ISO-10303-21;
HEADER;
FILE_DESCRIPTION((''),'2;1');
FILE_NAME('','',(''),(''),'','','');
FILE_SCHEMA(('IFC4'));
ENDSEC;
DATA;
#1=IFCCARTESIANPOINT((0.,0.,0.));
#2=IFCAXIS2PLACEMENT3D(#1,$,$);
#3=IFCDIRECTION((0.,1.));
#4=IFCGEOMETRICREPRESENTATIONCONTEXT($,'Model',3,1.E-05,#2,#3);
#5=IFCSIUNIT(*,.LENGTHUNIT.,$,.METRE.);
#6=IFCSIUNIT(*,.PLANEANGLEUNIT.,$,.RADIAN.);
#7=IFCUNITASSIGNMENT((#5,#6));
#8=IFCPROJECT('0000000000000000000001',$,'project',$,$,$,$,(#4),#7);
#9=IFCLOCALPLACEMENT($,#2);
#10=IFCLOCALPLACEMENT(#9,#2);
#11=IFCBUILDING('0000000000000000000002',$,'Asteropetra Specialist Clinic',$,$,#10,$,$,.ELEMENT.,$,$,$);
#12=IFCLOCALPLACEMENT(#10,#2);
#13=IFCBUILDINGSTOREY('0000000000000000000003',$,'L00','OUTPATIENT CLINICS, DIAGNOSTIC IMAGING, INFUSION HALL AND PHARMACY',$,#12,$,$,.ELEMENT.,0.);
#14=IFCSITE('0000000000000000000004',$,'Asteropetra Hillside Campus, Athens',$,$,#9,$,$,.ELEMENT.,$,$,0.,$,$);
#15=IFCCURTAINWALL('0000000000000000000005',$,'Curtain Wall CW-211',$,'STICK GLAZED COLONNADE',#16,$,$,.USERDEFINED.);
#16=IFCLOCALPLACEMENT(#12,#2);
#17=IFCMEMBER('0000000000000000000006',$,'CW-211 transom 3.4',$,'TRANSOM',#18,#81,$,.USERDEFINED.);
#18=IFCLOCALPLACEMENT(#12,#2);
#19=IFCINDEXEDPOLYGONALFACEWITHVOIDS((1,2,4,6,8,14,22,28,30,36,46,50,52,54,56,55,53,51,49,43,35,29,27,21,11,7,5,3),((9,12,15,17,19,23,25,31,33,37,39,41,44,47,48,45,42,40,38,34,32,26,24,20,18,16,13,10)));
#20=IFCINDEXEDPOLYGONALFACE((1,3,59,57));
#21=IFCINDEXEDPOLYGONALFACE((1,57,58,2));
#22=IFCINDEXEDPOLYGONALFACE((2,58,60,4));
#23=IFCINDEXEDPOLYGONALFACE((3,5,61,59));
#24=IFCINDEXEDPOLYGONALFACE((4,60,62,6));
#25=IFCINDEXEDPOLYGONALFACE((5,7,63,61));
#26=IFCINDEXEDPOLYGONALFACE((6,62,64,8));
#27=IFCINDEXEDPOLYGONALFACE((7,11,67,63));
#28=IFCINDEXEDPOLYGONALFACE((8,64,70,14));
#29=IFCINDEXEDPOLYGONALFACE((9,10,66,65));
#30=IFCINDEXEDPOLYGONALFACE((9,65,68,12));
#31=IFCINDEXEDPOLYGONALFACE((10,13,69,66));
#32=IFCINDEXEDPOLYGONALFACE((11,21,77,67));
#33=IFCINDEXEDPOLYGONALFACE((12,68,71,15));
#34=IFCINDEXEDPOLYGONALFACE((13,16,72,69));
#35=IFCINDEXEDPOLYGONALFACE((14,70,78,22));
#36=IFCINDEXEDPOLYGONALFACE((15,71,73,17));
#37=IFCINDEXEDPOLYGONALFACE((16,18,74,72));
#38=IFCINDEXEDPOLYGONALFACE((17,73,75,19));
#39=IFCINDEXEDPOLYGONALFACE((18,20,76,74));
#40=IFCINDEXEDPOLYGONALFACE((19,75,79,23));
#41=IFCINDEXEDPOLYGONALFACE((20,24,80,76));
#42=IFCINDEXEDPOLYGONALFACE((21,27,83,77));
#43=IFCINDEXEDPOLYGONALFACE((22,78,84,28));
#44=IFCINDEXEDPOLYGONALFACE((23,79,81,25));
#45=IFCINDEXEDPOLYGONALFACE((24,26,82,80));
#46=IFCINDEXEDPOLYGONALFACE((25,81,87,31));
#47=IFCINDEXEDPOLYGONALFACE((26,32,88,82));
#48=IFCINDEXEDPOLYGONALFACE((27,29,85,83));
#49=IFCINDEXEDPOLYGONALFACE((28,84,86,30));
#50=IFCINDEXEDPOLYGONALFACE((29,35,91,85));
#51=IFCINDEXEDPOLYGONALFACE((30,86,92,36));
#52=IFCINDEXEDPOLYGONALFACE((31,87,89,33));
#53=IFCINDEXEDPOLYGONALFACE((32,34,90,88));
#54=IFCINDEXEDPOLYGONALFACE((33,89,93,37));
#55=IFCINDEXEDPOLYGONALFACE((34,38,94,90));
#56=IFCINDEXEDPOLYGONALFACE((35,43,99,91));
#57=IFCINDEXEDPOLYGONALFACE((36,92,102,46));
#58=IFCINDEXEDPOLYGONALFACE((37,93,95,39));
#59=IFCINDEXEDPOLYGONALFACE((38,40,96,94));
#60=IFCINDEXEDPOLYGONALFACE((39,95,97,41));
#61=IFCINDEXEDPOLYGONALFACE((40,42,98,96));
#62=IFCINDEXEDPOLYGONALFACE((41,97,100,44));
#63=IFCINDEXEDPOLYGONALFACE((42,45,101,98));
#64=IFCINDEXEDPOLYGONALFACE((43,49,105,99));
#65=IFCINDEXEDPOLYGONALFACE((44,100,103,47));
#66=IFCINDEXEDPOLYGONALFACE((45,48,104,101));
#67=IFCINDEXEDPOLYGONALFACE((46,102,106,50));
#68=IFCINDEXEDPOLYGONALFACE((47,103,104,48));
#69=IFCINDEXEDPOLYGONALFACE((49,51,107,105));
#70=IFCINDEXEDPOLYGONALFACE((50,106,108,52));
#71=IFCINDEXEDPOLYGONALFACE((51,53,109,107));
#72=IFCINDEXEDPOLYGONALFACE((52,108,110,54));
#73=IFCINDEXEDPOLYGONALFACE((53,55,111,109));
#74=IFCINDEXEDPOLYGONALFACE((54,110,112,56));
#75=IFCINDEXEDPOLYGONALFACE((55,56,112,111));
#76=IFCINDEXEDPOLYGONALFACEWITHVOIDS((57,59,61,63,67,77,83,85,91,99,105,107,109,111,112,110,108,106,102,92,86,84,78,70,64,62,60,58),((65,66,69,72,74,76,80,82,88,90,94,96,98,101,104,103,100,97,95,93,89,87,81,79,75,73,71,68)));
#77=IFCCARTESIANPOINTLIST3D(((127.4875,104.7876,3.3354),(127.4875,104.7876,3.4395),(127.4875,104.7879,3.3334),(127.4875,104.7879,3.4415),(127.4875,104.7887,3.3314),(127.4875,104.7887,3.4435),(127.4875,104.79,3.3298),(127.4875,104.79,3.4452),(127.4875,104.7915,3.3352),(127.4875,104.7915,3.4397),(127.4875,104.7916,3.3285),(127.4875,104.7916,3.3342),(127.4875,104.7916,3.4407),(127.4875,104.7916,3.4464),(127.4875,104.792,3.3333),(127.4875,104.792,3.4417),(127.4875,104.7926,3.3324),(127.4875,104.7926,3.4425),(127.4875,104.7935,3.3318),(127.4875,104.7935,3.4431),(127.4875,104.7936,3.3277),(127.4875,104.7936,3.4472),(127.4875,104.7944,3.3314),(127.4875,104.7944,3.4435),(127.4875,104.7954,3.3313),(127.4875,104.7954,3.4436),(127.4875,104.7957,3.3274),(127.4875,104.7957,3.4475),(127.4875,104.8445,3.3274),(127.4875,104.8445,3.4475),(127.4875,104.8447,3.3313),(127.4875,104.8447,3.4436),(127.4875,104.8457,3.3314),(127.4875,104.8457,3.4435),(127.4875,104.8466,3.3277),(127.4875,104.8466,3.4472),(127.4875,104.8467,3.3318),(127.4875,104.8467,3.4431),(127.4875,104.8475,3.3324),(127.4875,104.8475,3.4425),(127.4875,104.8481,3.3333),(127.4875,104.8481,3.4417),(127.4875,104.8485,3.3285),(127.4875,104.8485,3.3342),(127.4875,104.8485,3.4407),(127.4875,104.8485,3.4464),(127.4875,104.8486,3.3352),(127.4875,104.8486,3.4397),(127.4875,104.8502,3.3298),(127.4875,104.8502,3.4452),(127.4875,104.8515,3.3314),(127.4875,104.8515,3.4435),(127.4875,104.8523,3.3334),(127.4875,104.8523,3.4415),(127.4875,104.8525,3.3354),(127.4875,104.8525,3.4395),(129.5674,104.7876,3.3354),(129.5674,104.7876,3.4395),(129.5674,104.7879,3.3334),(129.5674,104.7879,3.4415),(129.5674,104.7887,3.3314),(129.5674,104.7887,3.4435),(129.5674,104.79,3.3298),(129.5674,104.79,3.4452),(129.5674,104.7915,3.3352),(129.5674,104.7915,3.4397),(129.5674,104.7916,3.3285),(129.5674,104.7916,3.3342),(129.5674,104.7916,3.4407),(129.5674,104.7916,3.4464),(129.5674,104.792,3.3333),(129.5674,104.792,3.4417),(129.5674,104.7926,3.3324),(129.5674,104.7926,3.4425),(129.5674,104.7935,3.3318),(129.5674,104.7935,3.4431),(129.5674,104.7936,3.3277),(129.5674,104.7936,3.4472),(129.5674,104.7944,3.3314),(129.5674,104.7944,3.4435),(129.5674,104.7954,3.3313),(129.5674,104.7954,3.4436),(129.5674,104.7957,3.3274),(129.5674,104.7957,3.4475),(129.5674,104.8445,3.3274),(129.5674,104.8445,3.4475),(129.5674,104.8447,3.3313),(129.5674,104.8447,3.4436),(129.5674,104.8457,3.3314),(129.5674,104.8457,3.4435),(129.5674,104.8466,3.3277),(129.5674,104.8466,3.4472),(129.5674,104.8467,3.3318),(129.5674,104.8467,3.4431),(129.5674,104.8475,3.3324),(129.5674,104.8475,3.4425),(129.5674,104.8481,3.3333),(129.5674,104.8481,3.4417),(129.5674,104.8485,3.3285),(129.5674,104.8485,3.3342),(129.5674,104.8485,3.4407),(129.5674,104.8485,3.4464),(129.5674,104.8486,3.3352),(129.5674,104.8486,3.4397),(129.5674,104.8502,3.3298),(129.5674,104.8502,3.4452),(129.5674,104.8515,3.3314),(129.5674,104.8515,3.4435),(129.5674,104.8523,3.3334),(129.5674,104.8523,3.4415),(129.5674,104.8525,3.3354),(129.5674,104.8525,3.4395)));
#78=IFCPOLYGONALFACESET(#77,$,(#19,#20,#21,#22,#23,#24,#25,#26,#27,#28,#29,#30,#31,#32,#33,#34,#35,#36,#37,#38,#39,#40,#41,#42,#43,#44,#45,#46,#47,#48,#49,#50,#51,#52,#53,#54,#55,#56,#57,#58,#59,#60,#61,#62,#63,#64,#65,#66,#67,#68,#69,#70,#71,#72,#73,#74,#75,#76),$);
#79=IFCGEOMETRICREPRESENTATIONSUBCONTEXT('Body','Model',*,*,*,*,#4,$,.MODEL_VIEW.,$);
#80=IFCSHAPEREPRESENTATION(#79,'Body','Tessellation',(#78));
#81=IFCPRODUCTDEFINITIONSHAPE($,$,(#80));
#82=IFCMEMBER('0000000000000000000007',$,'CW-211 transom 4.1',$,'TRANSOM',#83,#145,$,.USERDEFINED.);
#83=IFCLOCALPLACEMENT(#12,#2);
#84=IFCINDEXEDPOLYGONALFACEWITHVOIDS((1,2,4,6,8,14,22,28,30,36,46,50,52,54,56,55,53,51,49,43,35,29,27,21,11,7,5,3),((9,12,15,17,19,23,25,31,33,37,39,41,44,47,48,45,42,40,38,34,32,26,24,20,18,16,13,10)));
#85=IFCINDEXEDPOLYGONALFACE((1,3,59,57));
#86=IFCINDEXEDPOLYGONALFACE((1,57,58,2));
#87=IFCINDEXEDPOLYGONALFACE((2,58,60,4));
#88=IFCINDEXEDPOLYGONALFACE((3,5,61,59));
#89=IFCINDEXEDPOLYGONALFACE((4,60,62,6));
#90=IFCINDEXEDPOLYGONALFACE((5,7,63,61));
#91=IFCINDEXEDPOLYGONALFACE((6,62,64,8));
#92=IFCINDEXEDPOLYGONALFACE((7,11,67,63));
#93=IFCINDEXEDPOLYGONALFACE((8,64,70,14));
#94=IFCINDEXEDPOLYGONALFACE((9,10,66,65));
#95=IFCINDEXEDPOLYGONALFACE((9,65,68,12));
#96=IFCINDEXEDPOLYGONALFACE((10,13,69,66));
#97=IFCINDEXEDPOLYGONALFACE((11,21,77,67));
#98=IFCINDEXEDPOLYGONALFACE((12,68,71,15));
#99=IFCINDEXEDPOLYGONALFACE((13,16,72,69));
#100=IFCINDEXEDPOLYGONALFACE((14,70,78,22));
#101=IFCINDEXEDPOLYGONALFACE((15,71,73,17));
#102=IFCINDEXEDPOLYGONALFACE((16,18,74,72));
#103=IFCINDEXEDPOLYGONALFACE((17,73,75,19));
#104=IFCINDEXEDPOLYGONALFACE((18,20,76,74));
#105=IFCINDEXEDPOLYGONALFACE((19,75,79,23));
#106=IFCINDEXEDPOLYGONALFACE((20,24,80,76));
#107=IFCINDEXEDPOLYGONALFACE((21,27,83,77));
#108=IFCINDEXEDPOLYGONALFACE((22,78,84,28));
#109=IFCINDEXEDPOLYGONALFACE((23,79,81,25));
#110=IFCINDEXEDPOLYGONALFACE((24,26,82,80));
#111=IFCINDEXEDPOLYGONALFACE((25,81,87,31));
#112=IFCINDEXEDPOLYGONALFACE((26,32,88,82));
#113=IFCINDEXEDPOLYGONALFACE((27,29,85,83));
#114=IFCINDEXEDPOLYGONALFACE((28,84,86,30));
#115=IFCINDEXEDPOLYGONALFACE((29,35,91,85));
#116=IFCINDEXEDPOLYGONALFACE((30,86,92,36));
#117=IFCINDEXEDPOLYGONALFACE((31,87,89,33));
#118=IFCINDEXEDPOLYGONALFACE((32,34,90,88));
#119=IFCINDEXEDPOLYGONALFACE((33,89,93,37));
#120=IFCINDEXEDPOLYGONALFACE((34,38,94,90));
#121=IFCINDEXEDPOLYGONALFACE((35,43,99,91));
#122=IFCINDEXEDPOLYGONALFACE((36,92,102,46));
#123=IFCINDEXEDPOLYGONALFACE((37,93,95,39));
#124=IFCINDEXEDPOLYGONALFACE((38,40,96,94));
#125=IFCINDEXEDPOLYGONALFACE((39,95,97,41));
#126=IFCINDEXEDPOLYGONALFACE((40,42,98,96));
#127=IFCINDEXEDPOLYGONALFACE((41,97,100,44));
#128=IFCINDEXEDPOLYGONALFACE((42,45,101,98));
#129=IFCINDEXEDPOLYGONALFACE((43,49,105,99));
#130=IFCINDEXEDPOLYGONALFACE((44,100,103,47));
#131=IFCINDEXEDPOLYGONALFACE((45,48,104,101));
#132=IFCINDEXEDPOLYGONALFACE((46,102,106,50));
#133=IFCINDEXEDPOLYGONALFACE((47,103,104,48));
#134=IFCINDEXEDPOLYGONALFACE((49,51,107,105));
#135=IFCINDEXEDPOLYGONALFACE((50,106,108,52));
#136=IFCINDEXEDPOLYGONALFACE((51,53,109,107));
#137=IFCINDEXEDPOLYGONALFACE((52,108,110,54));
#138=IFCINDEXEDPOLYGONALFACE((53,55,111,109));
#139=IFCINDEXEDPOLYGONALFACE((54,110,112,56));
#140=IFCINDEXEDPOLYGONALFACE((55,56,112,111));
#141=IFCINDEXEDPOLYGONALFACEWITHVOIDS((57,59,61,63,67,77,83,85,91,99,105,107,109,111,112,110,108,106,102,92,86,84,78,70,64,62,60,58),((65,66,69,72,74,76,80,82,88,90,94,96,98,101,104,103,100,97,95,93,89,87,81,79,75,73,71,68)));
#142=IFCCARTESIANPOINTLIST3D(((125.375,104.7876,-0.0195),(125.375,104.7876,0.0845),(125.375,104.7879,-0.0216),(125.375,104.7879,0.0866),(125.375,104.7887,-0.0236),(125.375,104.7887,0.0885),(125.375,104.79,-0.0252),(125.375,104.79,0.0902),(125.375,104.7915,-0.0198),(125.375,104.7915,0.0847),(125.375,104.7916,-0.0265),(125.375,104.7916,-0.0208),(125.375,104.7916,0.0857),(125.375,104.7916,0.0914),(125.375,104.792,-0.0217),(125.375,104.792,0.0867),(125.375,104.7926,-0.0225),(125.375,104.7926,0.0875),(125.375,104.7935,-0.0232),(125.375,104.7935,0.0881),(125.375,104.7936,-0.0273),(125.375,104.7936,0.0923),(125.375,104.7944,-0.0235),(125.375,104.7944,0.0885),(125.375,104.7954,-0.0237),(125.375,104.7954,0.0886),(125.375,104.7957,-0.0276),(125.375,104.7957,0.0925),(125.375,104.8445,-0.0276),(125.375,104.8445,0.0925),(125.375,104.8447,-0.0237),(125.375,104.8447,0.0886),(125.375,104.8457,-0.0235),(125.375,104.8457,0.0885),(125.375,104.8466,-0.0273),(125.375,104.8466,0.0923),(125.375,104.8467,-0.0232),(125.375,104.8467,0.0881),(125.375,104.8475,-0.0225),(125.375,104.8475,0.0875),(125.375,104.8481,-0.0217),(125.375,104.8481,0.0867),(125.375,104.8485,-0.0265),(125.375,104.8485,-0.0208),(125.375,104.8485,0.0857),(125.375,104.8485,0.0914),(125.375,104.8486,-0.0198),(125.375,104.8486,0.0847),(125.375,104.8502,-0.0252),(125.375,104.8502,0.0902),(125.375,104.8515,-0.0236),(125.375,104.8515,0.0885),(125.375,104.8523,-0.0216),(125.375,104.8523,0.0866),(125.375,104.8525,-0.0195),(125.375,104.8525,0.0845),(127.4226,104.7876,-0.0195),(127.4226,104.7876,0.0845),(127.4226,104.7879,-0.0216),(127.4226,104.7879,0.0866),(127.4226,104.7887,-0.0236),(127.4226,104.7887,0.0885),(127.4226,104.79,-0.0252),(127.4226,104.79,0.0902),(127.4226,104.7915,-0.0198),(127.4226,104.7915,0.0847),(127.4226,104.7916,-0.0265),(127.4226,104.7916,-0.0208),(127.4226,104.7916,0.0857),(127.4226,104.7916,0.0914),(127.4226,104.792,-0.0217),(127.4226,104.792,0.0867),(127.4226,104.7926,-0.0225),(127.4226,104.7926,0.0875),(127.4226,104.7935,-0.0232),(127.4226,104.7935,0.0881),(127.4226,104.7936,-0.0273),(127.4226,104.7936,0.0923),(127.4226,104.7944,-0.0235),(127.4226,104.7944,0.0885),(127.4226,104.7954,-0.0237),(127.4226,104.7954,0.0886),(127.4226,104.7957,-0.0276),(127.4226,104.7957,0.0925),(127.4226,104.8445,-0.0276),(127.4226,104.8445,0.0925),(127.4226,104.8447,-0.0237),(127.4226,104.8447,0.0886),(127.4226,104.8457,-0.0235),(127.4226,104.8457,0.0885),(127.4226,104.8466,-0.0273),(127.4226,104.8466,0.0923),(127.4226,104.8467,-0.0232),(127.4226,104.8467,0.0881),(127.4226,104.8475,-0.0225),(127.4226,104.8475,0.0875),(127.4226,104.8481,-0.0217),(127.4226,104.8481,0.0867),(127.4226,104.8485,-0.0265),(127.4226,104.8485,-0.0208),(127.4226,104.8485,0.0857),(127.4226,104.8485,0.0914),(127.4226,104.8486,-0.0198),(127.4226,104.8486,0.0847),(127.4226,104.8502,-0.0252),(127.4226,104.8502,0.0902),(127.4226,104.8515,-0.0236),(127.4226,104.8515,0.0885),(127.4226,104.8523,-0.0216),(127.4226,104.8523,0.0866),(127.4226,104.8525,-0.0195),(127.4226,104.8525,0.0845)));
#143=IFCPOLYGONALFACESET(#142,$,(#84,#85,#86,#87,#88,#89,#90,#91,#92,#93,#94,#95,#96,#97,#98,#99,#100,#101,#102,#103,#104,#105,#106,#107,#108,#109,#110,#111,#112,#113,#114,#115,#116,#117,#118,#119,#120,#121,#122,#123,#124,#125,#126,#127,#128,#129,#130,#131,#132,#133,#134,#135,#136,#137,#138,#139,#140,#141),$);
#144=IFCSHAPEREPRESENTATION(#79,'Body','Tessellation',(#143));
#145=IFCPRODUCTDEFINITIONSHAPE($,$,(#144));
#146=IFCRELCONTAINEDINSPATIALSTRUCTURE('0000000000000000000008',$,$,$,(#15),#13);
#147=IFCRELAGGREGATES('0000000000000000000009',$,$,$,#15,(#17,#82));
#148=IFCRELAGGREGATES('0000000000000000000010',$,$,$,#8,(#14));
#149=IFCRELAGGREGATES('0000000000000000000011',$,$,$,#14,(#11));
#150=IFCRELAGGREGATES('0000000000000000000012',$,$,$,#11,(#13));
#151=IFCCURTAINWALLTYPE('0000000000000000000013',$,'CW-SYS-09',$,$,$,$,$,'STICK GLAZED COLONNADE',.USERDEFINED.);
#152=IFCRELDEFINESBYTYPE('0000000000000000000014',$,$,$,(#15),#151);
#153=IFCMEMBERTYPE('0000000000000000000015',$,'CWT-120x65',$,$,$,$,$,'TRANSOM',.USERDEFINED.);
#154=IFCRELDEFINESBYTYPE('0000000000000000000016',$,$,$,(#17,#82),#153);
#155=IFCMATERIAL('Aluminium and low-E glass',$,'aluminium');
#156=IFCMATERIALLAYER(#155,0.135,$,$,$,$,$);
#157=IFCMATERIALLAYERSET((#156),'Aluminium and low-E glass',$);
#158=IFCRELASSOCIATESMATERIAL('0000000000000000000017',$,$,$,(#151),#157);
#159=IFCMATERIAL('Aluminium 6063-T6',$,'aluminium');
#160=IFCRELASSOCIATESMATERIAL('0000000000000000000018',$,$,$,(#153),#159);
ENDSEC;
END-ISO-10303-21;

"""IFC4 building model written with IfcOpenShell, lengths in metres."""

from ifc_helpers import new_model, si_unit, direction, frame, origin, origin_2d, place, context, subcontext, project, spatial, hollow_rectangle, extrude, material, layer, layer_set, material_profile, profile_set, type_object, element, aggregate, save


model = new_model("IFC4")

# Units and contexts
model_context = context("Model", 3, precision=1e-05, world=origin(), true_north=direction((0.0, 1.0)))
body_context = subcontext(model_context, "Body", "Model", "MODEL_VIEW")
ifc_project = project(units=[si_unit("LENGTHUNIT", "METRE"), si_unit("PLANEANGLEUNIT", "RADIAN")], contexts=[model_context])

# Site, building, storey
site_placement = place(None, origin())
site = spatial("IfcSite", under=ifc_project, at=site_placement, Name="Asteropetra Hillside Campus, Athens", CompositionType="ELEMENT", RefElevation=0.0)
building_placement = place(site_placement, origin())
building = spatial("IfcBuilding", under=site, at=building_placement, Name="Asteropetra Specialist Clinic", CompositionType="ELEMENT")
storey_placement = place(building_placement, origin())
storey = spatial("IfcBuildingStorey", under=building, at=storey_placement, Name="L00", Description="OUTPATIENT CLINICS, DIAGNOSTIC IMAGING, INFUSION HALL AND PHARMACY", CompositionType="ELEMENT", Elevation=0.0)

# Curtain wall, members
ifc_material_1 = material(Name="Aluminium and low-E glass", Category="aluminium")
ifc_layer_1 = layer(ifc_material_1, 0.135)
ifc_layer_set_1 = layer_set([ifc_layer_1], Name="Aluminium and low-E glass")
curtain_wall_type = type_object("IfcCurtainWallType", Name="CW-SYS-09", ElementType="STICK GLAZED COLONNADE", PredefinedType="USERDEFINED", material=ifc_layer_set_1)
curtain_wall_placement = place(storey_placement, origin())
curtain_wall = element("IfcCurtainWall", 1, at=curtain_wall_placement, inside=storey, type_object=curtain_wall_type, Name="Curtain Wall CW-211", ObjectType="STICK GLAZED COLONNADE", PredefinedType="USERDEFINED")
ifc_material_2 = material(Name="Aluminium 6063-T6", Category="aluminium")
ifc_material_profile_1 = material_profile(ifc_material_2, hollow_rectangle(XDim=0.0649, YDim=0.1201, WallThickness=0.0039, InnerFilletRadius=0.0039, OuterFilletRadius=0.0081, at=origin_2d()), Name="TRN 120x65x4.0")
ifc_profile_set_1 = profile_set([ifc_material_profile_1], Name="Aluminium 6063-T6")
member_type_1 = type_object("IfcMemberType", Name="CWT-120x65", ElementType="TRANSOM", PredefinedType="USERDEFINED", material=ifc_profile_set_1)
member_1_placement = place(storey_placement, frame((129.5674, 104.8201, 3.3875), z_axis=(-1.0, 0.0, 0.0), x_axis=(0.0, -1.0, 0.0)))
member_1 = element("IfcMember", 2, at=member_1_placement, type_object=member_type_1, Name="CW-211 transom 3.4", ObjectType="TRANSOM", PredefinedType="USERDEFINED", context=body_context, shape_type="SweptSolid", body=[
    extrude(hollow_rectangle(XDim=0.0649, YDim=0.1201, WallThickness=0.0039, InnerFilletRadius=0.0039, OuterFilletRadius=0.0081, at=origin_2d()), origin(), (0.0, 0.0, 1.0), 2.0798),
])
member_2_placement = place(storey_placement, frame((127.4226, 104.8201, 0.0325), z_axis=(-1.0, 0.0, 0.0), x_axis=(0.0, -1.0, 0.0)))
member_2 = element("IfcMember", 3, at=member_2_placement, type_object=member_type_1, Name="CW-211 transom 4.1", ObjectType="TRANSOM", PredefinedType="USERDEFINED", context=body_context, shape_type="SweptSolid", body=[
    extrude(hollow_rectangle(XDim=0.0649, YDim=0.1201, WallThickness=0.0039, InnerFilletRadius=0.0039, OuterFilletRadius=0.0081, at=origin_2d()), origin(), (0.0, 0.0, 1.0), 2.0476),
])
aggregate(curtain_wall, [member_1, member_2])

save(model, "model.ifc")
